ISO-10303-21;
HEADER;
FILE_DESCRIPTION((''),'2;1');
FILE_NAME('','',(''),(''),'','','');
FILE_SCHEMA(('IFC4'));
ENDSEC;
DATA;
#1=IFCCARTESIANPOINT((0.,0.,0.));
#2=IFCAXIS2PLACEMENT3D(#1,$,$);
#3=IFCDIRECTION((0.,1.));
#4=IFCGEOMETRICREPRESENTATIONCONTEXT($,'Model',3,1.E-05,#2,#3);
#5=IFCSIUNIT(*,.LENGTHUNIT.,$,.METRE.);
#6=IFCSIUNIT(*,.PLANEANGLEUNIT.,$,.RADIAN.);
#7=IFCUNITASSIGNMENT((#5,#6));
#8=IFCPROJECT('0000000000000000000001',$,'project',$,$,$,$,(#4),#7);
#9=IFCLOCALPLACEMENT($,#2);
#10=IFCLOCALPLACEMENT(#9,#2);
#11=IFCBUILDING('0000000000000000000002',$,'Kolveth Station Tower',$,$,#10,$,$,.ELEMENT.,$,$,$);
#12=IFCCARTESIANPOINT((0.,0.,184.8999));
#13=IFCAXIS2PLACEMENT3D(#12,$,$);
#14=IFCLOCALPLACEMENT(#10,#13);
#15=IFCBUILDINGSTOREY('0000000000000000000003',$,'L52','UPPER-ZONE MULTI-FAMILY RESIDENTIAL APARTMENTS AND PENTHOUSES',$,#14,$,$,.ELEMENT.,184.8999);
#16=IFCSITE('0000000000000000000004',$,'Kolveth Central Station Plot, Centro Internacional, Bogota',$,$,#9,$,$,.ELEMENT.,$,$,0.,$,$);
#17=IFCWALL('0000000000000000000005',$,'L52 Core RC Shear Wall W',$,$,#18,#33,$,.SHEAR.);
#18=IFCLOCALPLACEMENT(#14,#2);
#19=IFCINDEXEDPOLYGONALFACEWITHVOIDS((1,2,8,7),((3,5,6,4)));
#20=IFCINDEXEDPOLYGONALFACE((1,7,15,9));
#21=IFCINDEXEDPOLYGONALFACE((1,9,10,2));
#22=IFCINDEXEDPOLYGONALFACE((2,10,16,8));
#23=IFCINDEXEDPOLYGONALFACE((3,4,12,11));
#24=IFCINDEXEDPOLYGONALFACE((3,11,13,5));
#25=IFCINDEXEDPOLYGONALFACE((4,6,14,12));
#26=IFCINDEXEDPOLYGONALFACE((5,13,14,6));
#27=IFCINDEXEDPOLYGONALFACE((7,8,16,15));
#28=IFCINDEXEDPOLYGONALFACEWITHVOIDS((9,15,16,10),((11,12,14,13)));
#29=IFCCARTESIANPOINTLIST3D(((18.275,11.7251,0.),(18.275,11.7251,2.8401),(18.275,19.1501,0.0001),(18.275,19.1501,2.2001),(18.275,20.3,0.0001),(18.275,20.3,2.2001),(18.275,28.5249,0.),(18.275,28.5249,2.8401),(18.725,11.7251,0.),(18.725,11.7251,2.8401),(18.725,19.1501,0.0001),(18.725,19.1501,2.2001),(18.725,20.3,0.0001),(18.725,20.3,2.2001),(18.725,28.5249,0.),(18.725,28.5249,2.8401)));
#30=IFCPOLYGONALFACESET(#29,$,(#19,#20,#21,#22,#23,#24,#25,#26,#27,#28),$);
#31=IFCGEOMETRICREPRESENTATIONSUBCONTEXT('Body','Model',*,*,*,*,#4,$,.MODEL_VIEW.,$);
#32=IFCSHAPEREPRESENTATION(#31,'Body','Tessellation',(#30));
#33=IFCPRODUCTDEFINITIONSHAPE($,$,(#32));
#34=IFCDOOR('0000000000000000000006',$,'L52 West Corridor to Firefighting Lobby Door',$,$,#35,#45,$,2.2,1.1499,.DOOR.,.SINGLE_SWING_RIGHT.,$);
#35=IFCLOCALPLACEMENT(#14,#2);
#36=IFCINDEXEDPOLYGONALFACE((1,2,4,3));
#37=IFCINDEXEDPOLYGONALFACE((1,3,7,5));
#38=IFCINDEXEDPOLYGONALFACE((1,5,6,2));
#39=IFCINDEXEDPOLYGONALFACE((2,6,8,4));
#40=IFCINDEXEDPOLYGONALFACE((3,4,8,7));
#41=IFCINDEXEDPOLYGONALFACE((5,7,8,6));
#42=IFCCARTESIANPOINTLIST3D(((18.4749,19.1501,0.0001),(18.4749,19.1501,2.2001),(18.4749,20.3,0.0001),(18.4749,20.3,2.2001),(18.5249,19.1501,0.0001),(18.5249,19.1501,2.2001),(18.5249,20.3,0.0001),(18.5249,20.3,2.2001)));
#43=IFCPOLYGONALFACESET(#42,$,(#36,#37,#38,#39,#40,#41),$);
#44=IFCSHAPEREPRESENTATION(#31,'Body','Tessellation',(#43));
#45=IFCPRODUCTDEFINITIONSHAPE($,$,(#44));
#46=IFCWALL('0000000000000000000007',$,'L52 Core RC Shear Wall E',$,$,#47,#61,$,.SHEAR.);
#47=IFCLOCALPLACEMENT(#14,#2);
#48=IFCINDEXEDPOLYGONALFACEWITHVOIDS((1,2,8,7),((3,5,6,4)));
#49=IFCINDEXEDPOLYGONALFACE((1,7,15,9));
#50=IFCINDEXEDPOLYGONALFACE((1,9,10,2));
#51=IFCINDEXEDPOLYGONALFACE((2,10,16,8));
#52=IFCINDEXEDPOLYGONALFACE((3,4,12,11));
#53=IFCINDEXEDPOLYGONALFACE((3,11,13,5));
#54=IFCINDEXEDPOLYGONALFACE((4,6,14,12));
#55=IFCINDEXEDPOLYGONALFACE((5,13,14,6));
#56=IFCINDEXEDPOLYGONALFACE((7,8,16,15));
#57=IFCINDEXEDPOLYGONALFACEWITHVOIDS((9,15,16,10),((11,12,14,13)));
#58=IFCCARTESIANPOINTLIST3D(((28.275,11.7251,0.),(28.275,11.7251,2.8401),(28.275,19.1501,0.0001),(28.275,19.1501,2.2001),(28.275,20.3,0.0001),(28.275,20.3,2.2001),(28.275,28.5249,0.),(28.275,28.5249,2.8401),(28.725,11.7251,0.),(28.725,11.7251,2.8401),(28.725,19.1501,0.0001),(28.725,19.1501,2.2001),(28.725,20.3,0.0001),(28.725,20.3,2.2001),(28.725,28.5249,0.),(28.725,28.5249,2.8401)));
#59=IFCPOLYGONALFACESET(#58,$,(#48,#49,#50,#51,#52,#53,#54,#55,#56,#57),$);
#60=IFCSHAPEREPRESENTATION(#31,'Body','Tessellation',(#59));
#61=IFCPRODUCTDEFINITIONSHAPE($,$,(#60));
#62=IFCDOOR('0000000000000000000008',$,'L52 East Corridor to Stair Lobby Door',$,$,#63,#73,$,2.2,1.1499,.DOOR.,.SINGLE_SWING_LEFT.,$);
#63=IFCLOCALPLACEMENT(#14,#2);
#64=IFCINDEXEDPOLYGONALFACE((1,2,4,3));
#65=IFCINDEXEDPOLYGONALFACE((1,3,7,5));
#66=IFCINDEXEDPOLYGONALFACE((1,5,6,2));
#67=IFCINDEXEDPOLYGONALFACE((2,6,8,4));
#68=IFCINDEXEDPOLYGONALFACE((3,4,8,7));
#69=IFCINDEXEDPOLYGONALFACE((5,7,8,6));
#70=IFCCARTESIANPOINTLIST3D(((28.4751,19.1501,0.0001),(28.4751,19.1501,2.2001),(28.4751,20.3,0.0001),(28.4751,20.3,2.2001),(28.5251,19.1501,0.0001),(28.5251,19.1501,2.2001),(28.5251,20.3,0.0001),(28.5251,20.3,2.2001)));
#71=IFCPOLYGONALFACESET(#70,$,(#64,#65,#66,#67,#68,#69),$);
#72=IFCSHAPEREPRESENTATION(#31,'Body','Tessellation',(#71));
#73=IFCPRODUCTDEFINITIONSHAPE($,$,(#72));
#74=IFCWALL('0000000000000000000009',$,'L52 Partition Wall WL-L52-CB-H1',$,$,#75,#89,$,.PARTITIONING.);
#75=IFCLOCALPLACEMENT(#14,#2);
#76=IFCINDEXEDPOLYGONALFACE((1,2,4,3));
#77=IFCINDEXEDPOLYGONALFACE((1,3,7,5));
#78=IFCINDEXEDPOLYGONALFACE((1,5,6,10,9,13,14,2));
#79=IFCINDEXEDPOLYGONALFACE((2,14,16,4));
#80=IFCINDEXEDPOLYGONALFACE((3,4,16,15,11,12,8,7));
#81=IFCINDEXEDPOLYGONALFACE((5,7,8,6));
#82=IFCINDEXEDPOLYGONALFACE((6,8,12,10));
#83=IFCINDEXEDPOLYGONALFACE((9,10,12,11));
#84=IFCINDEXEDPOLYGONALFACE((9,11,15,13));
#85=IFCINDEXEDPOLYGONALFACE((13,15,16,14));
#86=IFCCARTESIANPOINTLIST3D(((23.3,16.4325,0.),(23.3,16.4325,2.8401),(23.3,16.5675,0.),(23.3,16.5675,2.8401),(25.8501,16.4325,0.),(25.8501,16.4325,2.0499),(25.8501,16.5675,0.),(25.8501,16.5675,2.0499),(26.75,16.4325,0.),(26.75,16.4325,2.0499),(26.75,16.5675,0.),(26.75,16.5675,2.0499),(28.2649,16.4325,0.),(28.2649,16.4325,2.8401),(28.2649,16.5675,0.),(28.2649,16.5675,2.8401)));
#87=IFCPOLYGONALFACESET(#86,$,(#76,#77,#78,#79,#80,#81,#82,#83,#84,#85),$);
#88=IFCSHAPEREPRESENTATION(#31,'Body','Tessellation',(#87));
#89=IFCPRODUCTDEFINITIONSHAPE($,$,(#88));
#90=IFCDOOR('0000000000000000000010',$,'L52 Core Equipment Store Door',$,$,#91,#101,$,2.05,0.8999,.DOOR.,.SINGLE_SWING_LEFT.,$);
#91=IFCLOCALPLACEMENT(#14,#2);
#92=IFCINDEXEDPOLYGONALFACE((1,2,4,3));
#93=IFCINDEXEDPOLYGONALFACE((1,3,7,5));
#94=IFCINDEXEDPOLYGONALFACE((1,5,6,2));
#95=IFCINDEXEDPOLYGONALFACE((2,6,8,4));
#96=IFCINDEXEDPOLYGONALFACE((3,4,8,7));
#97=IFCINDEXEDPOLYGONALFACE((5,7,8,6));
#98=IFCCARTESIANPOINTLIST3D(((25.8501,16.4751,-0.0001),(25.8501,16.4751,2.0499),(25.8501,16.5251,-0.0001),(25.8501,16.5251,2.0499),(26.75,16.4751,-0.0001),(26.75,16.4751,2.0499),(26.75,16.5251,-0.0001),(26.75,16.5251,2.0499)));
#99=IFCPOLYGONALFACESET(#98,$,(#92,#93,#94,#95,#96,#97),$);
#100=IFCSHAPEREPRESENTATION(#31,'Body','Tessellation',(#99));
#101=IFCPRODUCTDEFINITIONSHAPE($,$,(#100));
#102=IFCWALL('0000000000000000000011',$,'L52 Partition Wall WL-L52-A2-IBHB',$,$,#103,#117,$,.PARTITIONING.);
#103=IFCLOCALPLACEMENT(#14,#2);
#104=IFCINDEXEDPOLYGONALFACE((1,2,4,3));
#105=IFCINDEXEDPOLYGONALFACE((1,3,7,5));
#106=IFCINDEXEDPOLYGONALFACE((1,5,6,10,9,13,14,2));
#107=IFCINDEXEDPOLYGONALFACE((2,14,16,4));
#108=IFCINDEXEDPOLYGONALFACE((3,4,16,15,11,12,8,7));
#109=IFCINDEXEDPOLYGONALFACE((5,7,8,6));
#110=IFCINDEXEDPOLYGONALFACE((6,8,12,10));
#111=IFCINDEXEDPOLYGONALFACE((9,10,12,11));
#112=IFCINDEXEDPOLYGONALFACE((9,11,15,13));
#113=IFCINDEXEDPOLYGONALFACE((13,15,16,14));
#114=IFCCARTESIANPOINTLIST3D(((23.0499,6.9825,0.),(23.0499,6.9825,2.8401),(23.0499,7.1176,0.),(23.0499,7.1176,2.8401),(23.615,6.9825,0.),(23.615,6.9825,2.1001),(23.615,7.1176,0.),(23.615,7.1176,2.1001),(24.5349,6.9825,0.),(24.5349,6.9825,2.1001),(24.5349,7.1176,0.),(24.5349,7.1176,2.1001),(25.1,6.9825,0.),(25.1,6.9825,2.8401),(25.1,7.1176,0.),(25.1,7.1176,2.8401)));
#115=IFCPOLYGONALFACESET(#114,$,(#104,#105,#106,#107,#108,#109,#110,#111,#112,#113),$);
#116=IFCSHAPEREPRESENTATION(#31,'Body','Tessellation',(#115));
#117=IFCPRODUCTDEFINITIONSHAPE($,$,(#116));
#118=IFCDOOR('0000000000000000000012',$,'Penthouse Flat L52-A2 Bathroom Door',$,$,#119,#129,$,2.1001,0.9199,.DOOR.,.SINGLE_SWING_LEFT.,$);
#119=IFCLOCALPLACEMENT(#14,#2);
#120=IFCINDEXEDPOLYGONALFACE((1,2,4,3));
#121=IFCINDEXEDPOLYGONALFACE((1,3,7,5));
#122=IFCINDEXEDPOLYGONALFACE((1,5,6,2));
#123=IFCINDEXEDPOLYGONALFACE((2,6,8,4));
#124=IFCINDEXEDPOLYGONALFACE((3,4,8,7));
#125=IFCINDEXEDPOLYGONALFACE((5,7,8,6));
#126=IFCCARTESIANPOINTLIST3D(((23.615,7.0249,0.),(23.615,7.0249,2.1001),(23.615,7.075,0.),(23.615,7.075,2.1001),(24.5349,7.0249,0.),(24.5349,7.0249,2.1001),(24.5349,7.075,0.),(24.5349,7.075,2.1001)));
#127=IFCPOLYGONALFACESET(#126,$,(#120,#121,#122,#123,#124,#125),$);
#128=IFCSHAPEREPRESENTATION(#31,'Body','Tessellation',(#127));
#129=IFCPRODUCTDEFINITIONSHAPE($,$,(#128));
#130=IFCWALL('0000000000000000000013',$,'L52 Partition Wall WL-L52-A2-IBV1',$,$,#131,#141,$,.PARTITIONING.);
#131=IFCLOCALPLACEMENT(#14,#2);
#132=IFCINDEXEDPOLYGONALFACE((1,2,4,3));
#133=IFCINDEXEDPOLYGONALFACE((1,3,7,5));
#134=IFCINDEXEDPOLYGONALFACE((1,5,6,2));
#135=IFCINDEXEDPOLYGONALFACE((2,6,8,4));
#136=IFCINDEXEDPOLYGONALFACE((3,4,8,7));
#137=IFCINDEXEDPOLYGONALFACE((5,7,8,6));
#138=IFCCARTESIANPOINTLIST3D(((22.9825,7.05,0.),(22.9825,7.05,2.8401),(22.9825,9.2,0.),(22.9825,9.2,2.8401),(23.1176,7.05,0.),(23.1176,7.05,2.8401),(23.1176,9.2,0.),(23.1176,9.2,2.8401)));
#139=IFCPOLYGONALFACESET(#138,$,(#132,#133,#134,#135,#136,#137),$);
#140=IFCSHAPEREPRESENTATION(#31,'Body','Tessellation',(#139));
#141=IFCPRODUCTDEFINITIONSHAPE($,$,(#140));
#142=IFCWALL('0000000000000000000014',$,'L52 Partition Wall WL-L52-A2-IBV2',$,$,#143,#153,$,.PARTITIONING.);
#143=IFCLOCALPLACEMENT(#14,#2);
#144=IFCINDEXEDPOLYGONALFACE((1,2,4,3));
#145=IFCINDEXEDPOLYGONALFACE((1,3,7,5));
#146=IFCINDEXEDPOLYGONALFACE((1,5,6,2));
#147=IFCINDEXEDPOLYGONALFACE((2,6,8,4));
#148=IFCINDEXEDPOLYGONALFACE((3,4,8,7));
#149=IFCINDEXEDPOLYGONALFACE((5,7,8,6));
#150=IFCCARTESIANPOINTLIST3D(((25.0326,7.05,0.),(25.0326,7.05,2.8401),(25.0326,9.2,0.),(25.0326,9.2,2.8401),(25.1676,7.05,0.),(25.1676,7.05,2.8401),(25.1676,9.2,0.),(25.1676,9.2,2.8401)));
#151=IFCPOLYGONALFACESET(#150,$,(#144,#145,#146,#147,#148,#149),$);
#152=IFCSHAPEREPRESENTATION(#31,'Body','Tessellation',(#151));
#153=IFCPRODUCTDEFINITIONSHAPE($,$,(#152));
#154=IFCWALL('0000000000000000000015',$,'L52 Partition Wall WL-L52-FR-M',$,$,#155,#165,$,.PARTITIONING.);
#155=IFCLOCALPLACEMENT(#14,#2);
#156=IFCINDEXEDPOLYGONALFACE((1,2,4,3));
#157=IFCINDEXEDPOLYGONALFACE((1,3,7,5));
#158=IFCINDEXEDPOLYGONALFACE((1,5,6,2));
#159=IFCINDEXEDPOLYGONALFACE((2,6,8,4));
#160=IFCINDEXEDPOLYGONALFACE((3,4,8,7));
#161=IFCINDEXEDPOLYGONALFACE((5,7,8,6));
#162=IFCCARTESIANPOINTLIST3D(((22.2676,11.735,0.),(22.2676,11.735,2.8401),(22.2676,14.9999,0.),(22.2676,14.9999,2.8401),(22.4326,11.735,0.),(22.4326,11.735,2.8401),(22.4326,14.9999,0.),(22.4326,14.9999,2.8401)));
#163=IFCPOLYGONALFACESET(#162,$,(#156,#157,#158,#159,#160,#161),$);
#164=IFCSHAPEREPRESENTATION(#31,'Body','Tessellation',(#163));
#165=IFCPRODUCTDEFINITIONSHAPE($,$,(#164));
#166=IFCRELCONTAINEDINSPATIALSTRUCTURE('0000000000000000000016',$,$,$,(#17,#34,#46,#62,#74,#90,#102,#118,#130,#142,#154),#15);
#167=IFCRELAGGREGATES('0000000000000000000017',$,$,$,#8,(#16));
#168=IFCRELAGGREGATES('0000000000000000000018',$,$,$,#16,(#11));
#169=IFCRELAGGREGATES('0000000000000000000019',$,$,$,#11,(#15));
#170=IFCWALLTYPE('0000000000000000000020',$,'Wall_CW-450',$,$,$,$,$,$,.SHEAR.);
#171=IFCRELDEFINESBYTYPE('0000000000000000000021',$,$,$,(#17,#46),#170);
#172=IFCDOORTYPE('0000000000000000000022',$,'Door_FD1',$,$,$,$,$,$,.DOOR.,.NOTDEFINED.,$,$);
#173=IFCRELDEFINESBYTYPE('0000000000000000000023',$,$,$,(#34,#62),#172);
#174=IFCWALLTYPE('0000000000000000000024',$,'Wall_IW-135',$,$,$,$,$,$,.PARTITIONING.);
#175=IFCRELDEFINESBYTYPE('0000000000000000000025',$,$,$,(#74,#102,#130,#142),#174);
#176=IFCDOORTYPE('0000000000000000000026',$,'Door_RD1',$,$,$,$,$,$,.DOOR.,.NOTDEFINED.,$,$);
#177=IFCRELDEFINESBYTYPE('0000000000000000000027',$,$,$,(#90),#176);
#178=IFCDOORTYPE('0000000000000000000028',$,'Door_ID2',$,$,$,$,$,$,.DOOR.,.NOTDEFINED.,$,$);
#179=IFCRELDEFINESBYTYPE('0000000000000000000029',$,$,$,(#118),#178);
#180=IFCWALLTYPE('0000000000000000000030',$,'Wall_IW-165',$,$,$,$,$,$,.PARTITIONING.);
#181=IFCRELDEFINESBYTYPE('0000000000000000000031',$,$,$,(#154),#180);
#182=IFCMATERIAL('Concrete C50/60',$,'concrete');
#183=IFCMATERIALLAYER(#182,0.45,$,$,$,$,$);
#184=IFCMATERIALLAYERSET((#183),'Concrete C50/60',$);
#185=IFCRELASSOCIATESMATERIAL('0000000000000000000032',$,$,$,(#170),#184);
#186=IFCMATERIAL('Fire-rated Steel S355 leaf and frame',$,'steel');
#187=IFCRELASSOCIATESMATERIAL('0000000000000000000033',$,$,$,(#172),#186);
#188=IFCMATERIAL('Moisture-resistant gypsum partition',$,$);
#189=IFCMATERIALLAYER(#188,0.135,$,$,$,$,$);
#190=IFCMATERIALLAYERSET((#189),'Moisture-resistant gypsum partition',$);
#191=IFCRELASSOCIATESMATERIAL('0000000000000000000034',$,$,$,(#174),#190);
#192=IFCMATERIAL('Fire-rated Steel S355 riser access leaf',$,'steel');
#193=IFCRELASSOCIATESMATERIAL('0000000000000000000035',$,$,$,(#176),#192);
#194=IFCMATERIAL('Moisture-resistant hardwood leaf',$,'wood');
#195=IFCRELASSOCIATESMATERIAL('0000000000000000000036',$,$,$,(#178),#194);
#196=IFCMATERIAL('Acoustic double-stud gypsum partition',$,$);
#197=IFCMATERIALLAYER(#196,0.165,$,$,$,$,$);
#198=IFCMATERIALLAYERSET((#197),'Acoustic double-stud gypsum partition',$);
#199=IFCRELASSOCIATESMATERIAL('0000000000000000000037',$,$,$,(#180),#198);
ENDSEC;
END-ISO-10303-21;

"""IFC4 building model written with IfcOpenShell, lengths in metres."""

from ifc_helpers import new_model, si_unit, direction, frame, frame_2d, origin, place, context, subcontext, project, spatial, rectangle, extrude, material, layer, layer_set, type_object, element, fill, save


model = new_model("IFC4")

# Units and contexts
model_context = context("Model", 3, precision=1e-05, world=origin(), true_north=direction((0.0, 1.0)))
body_context = subcontext(model_context, "Body", "Model", "MODEL_VIEW")
ifc_project = project(units=[si_unit("LENGTHUNIT", "METRE"), si_unit("PLANEANGLEUNIT", "RADIAN")], contexts=[model_context])

# Site, building, storey
site_placement = place(None, origin())
site = spatial("IfcSite", under=ifc_project, at=site_placement, Name="Kolveth Central Station Plot, Centro Internacional, Bogota", CompositionType="ELEMENT", RefElevation=0.0)
building_placement = place(site_placement, origin())
building = spatial("IfcBuilding", under=site, at=building_placement, Name="Kolveth Station Tower", CompositionType="ELEMENT")
storey_placement = place(building_placement, frame((0.0, 0.0, 184.8999)))
storey = spatial("IfcBuildingStorey", under=building, at=storey_placement, Name="L52", Description="UPPER-ZONE MULTI-FAMILY RESIDENTIAL APARTMENTS AND PENTHOUSES", CompositionType="ELEMENT", Elevation=184.8999)

# Walls, openings, doors
ifc_material_1 = material(Name="Concrete C50/60", Category="concrete")
ifc_layer_1 = layer(ifc_material_1, 0.45)
ifc_layer_set_1 = layer_set([ifc_layer_1], Name="Concrete C50/60")
wall_type_1 = type_object("IfcWallType", Name="Wall_CW-450", PredefinedType="SHEAR", material=ifc_layer_set_1)
wall_1_placement = place(storey_placement, frame((18.5, 11.7251, 0.0), z_axis=(0.0, 0.0, 1.0), x_axis=(0.0, 1.0, 0.0)))
wall_1 = element("IfcWall", 1, at=wall_1_placement, inside=storey, type_object=wall_type_1, Name="L52 Core RC Shear Wall W", PredefinedType="SHEAR", context=body_context, shape_type="SweptSolid", body=[
    extrude(rectangle(XDim=16.7998, YDim=0.45, at=frame_2d((8.3999, 0.0))), origin(), (0.0, 0.0, 1.0), 2.8401),
])
opening_1_placement = place(wall_1_placement, frame((7.425, 0.0, 0.0)))
opening_1 = element("IfcOpeningElement", 2, at=opening_1_placement, cuts=wall_1, PredefinedType="OPENING", context=body_context, shape_type="SweptSolid", body=[
    extrude(rectangle(XDim=1.1499, YDim=2.2, at=frame_2d((0.575, 1.1001))), frame((0.0, 0.2349, 0.0), z_axis=(0.0, -1.0, 0.0), x_axis=(1.0, 0.0, 0.0)), (0.0, 0.0, 1.0), 0.47),
])
ifc_material_2 = material(Name="Fire-rated Steel S355 leaf and frame", Category="steel")
door_type_1 = type_object("IfcDoorType", Name="Door_FD1", OperationType="NOTDEFINED", PredefinedType="DOOR", material=ifc_material_2)
door_1_placement = place(opening_1_placement, frame((1.1499, 0.0, 0.0), z_axis=(0.0, 0.0, 1.0), x_axis=(-1.0, 0.0, 0.0)))
door_1 = element("IfcDoor", 3, at=door_1_placement, inside=storey, type_object=door_type_1, Name="L52 West Corridor to Firefighting Lobby Door", OperationType="SINGLE_SWING_RIGHT", OverallHeight=2.2, OverallWidth=1.1499, PredefinedType="DOOR", context=body_context, shape_type="SweptSolid", body=[
    extrude(rectangle(XDim=1.1499, YDim=2.2, at=frame_2d((0.575, 1.1001))), frame((0.0, 0.0249, 0.0), z_axis=(0.0, -1.0, 0.0), x_axis=(1.0, 0.0, 0.0)), (0.0, 0.0, 1.0), 0.05),
])
fill(opening_1, door_1)
wall_2_placement = place(storey_placement, frame((28.5, 11.7251, 0.0), z_axis=(0.0, 0.0, 1.0), x_axis=(0.0, 1.0, 0.0)))
wall_2 = element("IfcWall", 4, at=wall_2_placement, inside=storey, type_object=wall_type_1, Name="L52 Core RC Shear Wall E", PredefinedType="SHEAR", context=body_context, shape_type="SweptSolid", body=[
    extrude(rectangle(XDim=16.7998, YDim=0.45, at=frame_2d((8.3999, 0.0))), origin(), (0.0, 0.0, 1.0), 2.8401),
])
opening_2_placement = place(wall_2_placement, frame((7.425, 0.0, 0.0)))
opening_2 = element("IfcOpeningElement", 5, at=opening_2_placement, cuts=wall_2, PredefinedType="OPENING", context=body_context, shape_type="SweptSolid", body=[
    extrude(rectangle(XDim=1.1499, YDim=2.2, at=frame_2d((0.575, 1.1001))), frame((0.0, 0.2349, 0.0), z_axis=(0.0, -1.0, 0.0), x_axis=(1.0, 0.0, 0.0)), (0.0, 0.0, 1.0), 0.47),
])
door_2_placement = place(opening_2_placement, origin())
door_2 = element("IfcDoor", 6, at=door_2_placement, inside=storey, type_object=door_type_1, Name="L52 East Corridor to Stair Lobby Door", OperationType="SINGLE_SWING_LEFT", OverallHeight=2.2, OverallWidth=1.1499, PredefinedType="DOOR", context=body_context, shape_type="SweptSolid", body=[
    extrude(rectangle(XDim=1.1499, YDim=2.2, at=frame_2d((0.575, 1.1001))), frame((0.0, 0.0249, 0.0), z_axis=(0.0, -1.0, 0.0), x_axis=(1.0, 0.0, 0.0)), (0.0, 0.0, 1.0), 0.05),
])
fill(opening_2, door_2)
ifc_material_3 = material(Name="Moisture-resistant gypsum partition")
ifc_layer_2 = layer(ifc_material_3, 0.135)
ifc_layer_set_2 = layer_set([ifc_layer_2], Name="Moisture-resistant gypsum partition")
wall_type_2 = type_object("IfcWallType", Name="Wall_IW-135", PredefinedType="PARTITIONING", material=ifc_layer_set_2)
wall_3_placement = place(storey_placement, frame((23.3, 16.5, 0.0), z_axis=(0.0, 0.0, 1.0), x_axis=(1.0, 0.0, 0.0)))
wall_3 = element("IfcWall", 7, at=wall_3_placement, inside=storey, type_object=wall_type_2, Name="L52 Partition Wall WL-L52-CB-H1", PredefinedType="PARTITIONING", context=body_context, shape_type="SweptSolid", body=[
    extrude(rectangle(XDim=4.9648, YDim=0.135, at=frame_2d((2.4824, 0.0))), origin(), (0.0, 0.0, 1.0), 2.8401),
])
opening_3_placement = place(wall_3_placement, frame((2.55, 0.0, 0.0)))
opening_3 = element("IfcOpeningElement", 8, at=opening_3_placement, cuts=wall_3, PredefinedType="OPENING", context=body_context, shape_type="SweptSolid", body=[
    extrude(rectangle(XDim=0.8999, YDim=2.05, at=frame_2d((0.45, 1.0249))), frame((0.0, 0.0774, 0.0), z_axis=(0.0, -1.0, 0.0), x_axis=(1.0, 0.0, 0.0)), (0.0, 0.0, 1.0), 0.155),
])
ifc_material_4 = material(Name="Fire-rated Steel S355 riser access leaf", Category="steel")
door_type_2 = type_object("IfcDoorType", Name="Door_RD1", OperationType="NOTDEFINED", PredefinedType="DOOR", material=ifc_material_4)
door_3_placement = place(opening_3_placement, frame((0.8999, 0.0, 0.0), z_axis=(0.0, 0.0, 1.0), x_axis=(-1.0, 0.0, 0.0)))
door_3 = element("IfcDoor", 9, at=door_3_placement, inside=storey, type_object=door_type_2, Name="L52 Core Equipment Store Door", OperationType="SINGLE_SWING_LEFT", OverallHeight=2.05, OverallWidth=0.8999, PredefinedType="DOOR", context=body_context, shape_type="SweptSolid", body=[
    extrude(rectangle(XDim=0.8999, YDim=2.05, at=frame_2d((0.45, 1.0249))), frame((0.0, 0.0249, 0.0), z_axis=(0.0, -1.0, 0.0), x_axis=(1.0, 0.0, 0.0)), (0.0, 0.0, 1.0), 0.05),
])
fill(opening_3, door_3)
wall_4_placement = place(storey_placement, frame((23.05, 7.05, 0.0), z_axis=(0.0, 0.0, 1.0), x_axis=(1.0, 0.0, 0.0)))
wall_4 = element("IfcWall", 10, at=wall_4_placement, inside=storey, type_object=wall_type_2, Name="L52 Partition Wall WL-L52-A2-IBHB", PredefinedType="PARTITIONING", context=body_context, shape_type="SweptSolid", body=[
    extrude(rectangle(XDim=2.05, YDim=0.135, at=frame_2d((1.0249, 0.0))), origin(), (0.0, 0.0, 1.0), 2.8401),
])
opening_4_placement = place(wall_4_placement, frame((0.5649, 0.0, 0.0)))
opening_4 = element("IfcOpeningElement", 11, at=opening_4_placement, cuts=wall_4, PredefinedType="OPENING", context=body_context, shape_type="SweptSolid", body=[
    extrude(rectangle(XDim=0.9199, YDim=2.1001, at=frame_2d((0.46, 1.05))), frame((0.0, 0.0774, 0.0), z_axis=(0.0, -1.0, 0.0), x_axis=(1.0, 0.0, 0.0)), (0.0, 0.0, 1.0), 0.155),
])
ifc_material_5 = material(Name="Moisture-resistant hardwood leaf", Category="wood")
door_type_3 = type_object("IfcDoorType", Name="Door_ID2", OperationType="NOTDEFINED", PredefinedType="DOOR", material=ifc_material_5)
door_4_placement = place(opening_4_placement, origin())
door_4 = element("IfcDoor", 12, at=door_4_placement, inside=storey, type_object=door_type_3, Name="Penthouse Flat L52-A2 Bathroom Door", OperationType="SINGLE_SWING_LEFT", OverallHeight=2.1001, OverallWidth=0.9199, PredefinedType="DOOR", context=body_context, shape_type="SweptSolid", body=[
    extrude(rectangle(XDim=0.9199, YDim=2.1001, at=frame_2d((0.46, 1.05))), frame((0.0, 0.0249, 0.0), z_axis=(0.0, -1.0, 0.0), x_axis=(1.0, 0.0, 0.0)), (0.0, 0.0, 1.0), 0.05),
])
fill(opening_4, door_4)

# Walls
for number, where, z_axis, x_axis, name in (
    (13, (23.05, 7.05, 0.0), (0.0, 0.0, 1.0), (0.0, 1.0, 0.0), "L52 Partition Wall WL-L52-A2-IBV1"),
    (14, (25.1001, 7.05, 0.0), (0.0, 0.0, 1.0), (0.0, 1.0, 0.0), "L52 Partition Wall WL-L52-A2-IBV2"),
):
    element("IfcWall", number, at=place(storey_placement, frame(where, z_axis=z_axis, x_axis=x_axis)), inside=storey, type_object=wall_type_2, Name=name, PredefinedType="PARTITIONING", context=body_context, shape_type="SweptSolid", body=[
        extrude(rectangle(XDim=2.1499, YDim=0.135, at=frame_2d((1.075, 0.0))), origin(), (0.0, 0.0, 1.0), 2.8401),
    ])
ifc_material_6 = material(Name="Acoustic double-stud gypsum partition")
ifc_layer_3 = layer(ifc_material_6, 0.165)
ifc_layer_set_3 = layer_set([ifc_layer_3], Name="Acoustic double-stud gypsum partition")
wall_type_3 = type_object("IfcWallType", Name="Wall_IW-165", PredefinedType="PARTITIONING", material=ifc_layer_set_3)
wall_5_placement = place(storey_placement, frame((22.3501, 11.7351, 0.0), z_axis=(0.0, 0.0, 1.0), x_axis=(0.0, 1.0, 0.0)))
element("IfcWall", 15, at=wall_5_placement, inside=storey, type_object=wall_type_3, Name="L52 Partition Wall WL-L52-FR-M", PredefinedType="PARTITIONING", context=body_context, shape_type="SweptSolid", body=[
    extrude(rectangle(XDim=3.2649, YDim=0.165, at=frame_2d((1.6323, 0.0))), origin(), (0.0, 0.0, 1.0), 2.8401),
])

save(model, "model.ifc")
